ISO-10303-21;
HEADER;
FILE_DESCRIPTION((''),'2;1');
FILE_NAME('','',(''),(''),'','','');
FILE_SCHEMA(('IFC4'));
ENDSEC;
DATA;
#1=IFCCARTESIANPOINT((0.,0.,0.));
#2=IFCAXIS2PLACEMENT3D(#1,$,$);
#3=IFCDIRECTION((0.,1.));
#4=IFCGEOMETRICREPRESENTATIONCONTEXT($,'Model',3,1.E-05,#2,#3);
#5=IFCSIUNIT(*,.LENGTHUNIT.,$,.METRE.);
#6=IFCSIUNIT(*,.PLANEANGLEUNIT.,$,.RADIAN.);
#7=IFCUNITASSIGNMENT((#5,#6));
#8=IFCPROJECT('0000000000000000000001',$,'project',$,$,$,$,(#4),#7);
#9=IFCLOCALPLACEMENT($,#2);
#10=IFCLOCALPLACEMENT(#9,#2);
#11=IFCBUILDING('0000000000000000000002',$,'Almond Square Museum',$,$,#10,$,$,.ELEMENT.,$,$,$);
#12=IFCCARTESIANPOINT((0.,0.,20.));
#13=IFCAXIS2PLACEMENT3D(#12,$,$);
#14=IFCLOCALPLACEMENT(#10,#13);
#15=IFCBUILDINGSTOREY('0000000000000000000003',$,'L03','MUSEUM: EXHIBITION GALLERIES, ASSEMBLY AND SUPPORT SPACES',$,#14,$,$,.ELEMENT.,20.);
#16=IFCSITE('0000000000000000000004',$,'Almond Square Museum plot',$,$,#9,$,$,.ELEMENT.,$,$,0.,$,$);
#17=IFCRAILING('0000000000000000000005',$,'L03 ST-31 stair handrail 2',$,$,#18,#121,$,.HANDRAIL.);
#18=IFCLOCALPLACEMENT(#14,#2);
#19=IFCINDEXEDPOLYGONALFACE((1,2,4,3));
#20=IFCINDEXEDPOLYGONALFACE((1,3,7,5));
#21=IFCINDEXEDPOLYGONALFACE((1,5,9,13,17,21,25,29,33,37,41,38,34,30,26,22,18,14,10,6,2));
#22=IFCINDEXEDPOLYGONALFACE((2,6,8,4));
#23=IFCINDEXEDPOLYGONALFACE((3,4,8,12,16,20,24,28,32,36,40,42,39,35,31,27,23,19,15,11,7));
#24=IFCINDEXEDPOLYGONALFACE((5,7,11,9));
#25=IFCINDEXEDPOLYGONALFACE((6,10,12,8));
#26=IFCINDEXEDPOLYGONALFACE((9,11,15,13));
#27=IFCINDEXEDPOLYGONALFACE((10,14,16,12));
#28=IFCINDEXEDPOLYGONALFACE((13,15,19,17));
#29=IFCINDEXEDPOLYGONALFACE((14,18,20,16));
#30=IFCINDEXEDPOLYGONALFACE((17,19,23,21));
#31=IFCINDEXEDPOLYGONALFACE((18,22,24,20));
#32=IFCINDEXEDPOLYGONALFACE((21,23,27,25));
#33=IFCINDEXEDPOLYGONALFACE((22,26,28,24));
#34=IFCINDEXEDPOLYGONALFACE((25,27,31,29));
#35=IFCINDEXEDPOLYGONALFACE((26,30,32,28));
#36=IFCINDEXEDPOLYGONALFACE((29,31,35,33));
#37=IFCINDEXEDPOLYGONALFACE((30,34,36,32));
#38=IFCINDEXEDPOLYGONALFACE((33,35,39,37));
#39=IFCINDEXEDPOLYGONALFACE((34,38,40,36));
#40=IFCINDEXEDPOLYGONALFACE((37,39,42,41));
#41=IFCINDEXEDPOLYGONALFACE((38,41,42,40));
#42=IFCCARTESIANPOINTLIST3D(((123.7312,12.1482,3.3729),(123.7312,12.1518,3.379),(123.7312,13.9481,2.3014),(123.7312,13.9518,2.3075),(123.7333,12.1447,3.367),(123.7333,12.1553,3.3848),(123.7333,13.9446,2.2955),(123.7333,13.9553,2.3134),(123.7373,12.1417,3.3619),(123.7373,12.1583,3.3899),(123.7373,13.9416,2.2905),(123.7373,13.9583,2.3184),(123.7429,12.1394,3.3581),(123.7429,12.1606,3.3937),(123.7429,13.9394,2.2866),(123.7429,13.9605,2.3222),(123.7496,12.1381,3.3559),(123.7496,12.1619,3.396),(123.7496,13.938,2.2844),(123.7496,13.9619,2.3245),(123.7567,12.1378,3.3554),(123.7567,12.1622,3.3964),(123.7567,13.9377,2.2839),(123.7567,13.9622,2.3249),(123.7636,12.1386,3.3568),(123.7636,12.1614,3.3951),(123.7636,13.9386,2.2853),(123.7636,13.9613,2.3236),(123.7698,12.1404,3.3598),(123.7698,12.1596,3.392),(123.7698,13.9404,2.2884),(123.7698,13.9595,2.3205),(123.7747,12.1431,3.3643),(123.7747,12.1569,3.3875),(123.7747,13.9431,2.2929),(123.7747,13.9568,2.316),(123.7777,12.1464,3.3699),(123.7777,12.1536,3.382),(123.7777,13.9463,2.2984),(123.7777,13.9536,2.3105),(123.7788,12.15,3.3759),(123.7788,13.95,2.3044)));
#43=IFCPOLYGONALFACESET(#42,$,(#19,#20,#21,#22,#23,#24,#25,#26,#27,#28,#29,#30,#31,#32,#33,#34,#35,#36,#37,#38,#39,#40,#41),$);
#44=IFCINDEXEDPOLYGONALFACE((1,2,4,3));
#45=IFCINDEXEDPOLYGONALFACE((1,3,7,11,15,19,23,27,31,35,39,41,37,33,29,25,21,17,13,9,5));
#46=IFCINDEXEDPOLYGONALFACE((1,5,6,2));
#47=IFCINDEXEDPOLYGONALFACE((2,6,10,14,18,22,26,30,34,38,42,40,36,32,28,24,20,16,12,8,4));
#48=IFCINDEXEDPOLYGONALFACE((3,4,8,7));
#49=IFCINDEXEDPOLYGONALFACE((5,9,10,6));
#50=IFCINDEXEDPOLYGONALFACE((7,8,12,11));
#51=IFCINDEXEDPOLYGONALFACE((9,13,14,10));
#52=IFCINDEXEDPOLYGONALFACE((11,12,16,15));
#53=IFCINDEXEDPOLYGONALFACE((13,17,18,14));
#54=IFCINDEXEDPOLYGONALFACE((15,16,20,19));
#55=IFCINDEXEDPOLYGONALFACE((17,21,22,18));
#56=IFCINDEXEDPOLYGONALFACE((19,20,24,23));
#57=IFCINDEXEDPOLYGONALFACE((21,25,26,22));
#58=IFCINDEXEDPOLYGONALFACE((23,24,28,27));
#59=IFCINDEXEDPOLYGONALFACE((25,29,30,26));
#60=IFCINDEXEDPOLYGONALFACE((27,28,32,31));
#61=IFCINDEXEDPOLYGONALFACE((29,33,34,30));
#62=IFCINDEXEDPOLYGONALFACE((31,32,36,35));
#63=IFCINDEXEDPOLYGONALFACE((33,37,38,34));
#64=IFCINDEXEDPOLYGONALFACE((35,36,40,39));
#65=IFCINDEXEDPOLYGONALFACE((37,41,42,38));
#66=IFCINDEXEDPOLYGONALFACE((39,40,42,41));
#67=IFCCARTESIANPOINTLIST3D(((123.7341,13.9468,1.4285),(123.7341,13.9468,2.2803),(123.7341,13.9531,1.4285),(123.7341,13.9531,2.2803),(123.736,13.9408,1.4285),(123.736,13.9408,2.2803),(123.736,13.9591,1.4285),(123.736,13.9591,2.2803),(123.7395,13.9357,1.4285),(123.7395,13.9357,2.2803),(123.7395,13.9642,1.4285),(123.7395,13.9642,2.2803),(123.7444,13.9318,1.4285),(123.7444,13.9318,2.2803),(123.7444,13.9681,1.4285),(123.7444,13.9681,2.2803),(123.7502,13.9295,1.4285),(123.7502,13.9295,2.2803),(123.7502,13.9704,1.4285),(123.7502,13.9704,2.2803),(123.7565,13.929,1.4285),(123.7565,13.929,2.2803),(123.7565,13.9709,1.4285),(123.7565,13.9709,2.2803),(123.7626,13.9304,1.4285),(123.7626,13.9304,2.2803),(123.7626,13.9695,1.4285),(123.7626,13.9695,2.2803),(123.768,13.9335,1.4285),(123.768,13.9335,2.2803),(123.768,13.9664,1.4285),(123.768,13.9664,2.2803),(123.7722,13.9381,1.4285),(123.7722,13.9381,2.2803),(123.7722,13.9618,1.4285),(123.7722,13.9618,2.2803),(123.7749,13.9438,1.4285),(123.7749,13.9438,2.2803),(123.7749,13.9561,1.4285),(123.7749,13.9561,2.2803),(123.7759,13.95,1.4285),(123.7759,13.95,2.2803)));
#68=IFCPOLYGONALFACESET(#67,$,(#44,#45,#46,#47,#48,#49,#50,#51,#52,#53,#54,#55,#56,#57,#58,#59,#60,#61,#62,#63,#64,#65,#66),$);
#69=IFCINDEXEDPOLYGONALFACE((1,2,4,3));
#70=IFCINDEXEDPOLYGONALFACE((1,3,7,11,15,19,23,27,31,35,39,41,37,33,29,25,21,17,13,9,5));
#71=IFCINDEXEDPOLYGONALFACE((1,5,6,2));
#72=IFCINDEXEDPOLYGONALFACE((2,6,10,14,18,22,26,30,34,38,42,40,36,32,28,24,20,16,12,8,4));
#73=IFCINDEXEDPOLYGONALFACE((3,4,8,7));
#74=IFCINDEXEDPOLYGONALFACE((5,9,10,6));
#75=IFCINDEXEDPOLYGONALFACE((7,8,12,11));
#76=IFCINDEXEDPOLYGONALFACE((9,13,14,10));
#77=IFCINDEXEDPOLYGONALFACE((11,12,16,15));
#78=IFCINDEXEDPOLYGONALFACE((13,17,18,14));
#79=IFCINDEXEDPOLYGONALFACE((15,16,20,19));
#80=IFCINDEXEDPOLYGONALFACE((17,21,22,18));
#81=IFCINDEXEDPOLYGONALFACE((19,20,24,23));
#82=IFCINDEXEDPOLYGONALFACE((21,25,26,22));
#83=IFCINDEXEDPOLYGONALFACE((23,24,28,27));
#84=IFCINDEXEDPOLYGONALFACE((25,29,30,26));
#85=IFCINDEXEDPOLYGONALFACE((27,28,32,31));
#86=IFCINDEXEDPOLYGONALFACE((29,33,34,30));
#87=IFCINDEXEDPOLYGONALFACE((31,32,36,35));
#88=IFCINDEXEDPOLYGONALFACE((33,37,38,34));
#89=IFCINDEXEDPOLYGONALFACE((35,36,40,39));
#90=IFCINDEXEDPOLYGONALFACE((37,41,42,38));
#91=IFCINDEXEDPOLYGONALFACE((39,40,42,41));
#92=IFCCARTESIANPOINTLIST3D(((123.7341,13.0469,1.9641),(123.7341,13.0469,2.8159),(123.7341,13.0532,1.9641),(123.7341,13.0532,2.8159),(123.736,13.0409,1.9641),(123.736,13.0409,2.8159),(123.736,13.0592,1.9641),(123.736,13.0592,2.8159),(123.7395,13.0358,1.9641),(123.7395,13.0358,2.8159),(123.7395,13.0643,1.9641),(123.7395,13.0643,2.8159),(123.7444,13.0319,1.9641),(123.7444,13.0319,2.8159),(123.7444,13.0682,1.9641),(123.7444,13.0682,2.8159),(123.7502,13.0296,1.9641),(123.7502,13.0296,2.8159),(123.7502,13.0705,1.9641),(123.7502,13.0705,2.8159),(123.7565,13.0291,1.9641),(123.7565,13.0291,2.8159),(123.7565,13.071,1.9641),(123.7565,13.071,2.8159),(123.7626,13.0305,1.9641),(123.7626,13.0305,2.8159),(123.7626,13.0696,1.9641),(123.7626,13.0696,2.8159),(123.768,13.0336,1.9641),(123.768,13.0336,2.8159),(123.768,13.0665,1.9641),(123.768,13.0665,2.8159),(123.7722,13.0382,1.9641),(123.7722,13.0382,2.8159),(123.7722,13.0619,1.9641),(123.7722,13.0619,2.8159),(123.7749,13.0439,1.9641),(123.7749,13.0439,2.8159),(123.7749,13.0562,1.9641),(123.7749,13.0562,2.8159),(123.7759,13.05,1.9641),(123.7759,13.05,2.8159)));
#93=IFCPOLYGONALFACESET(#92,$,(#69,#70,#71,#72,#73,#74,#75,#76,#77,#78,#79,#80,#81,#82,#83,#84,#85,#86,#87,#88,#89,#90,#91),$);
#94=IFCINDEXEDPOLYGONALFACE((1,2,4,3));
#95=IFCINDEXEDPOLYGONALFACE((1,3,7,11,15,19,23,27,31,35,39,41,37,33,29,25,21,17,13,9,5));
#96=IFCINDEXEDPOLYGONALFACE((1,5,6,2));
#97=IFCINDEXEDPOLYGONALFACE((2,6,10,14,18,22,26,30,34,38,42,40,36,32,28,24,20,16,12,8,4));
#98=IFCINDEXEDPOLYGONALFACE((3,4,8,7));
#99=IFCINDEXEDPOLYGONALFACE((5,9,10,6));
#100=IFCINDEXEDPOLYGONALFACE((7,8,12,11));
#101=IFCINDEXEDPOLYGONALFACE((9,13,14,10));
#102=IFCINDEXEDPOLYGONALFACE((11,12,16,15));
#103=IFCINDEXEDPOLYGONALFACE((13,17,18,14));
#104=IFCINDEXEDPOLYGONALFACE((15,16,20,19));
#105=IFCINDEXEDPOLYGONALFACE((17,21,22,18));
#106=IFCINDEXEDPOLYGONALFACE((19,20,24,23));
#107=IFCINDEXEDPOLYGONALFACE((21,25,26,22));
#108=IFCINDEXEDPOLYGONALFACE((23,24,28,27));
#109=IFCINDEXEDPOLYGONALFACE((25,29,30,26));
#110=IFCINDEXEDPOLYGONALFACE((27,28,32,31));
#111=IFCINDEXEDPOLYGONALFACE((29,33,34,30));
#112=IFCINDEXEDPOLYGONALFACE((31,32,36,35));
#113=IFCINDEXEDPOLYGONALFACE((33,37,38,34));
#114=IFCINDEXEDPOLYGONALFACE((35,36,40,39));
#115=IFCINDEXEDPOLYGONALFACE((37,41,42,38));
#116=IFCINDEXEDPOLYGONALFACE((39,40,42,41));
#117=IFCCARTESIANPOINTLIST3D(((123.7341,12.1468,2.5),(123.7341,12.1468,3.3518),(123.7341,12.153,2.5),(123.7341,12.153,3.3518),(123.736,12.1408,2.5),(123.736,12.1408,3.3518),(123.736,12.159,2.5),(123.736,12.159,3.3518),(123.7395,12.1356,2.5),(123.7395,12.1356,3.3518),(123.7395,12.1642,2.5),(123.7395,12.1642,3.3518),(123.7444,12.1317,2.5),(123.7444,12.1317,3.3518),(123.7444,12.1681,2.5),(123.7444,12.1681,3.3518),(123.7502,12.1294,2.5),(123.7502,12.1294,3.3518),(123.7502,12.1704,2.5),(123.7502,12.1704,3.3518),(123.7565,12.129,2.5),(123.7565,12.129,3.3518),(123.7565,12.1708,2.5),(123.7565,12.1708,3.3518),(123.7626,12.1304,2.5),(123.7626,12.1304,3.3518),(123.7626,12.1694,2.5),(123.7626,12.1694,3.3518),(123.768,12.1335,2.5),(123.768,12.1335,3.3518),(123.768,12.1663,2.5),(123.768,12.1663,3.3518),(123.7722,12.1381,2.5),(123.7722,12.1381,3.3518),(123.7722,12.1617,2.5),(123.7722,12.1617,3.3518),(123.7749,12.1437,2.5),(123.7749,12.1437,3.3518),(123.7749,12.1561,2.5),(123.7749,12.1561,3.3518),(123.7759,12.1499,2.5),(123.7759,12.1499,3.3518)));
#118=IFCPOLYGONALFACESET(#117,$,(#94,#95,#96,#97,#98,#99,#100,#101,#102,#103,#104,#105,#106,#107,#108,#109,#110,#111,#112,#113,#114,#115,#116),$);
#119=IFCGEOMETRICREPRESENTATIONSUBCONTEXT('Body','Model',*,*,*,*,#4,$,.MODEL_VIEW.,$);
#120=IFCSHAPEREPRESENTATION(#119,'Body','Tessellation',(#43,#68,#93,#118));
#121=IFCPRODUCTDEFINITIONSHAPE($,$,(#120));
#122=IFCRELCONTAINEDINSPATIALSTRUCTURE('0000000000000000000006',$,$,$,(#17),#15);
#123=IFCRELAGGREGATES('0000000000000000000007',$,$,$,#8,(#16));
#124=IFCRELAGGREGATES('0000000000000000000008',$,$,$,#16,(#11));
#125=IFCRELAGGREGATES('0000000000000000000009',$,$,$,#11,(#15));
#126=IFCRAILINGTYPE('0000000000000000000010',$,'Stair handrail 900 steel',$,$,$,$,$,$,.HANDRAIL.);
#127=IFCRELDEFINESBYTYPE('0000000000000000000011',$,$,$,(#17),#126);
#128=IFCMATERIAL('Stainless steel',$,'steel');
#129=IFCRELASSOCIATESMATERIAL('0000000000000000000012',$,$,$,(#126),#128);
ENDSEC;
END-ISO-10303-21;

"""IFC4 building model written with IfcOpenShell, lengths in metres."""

from ifc_helpers import new_model, si_unit, direction, frame, origin, origin_2d, place, context, subcontext, project, spatial, circle, extrude, material, type_object, element, save


model = new_model("IFC4")

# Units and contexts
model_context = context("Model", 3, precision=1e-05, world=origin(), true_north=direction((0.0, 1.0)))
body_context = subcontext(model_context, "Body", "Model", "MODEL_VIEW")
ifc_project = project(units=[si_unit("LENGTHUNIT", "METRE"), si_unit("PLANEANGLEUNIT", "RADIAN")], contexts=[model_context])

# Site, building, storey
site_placement = place(None, origin())
site = spatial("IfcSite", under=ifc_project, at=site_placement, Name="Almond Square Museum plot", CompositionType="ELEMENT", RefElevation=0.0)
building_placement = place(site_placement, origin())
building = spatial("IfcBuilding", under=site, at=building_placement, Name="Almond Square Museum", CompositionType="ELEMENT")
storey_placement = place(building_placement, frame((0.0, 0.0, 20.0)))
storey = spatial("IfcBuildingStorey", under=building, at=storey_placement, Name="L03", Description="MUSEUM: EXHIBITION GALLERIES, ASSEMBLY AND SUPPORT SPACES", CompositionType="ELEMENT", Elevation=20.0)

# Railing
ifc_material_1 = material(Name="Stainless steel", Category="steel")
railing_type_1 = type_object("IfcRailingType", Name="Stair handrail 900 steel", PredefinedType="HANDRAIL", material=ifc_material_1)
railing_1_placement = place(storey_placement, frame((123.7549, 13.95, 1.4285)))
element("IfcRailing", 1, at=railing_1_placement, inside=storey, type_object=railing_type_1, Name="L03 ST-31 stair handrail 2", PredefinedType="HANDRAIL", context=body_context, shape_type="SweptSolid", body=[
    extrude(circle(Radius=0.0239, at=origin_2d()), frame((0.0, 0.0, 0.876), z_axis=(0.0, -0.859277, 0.51151), x_axis=(1.0, 0.0, 0.0)), (0.0, 0.0, 1.0), 2.0947),
    extrude(circle(Radius=0.021, at=origin_2d()), origin(), (0.0, 0.0, 1.0), 0.8518),
    extrude(circle(Radius=0.021, at=origin_2d()), frame((0.0, -0.8999, 0.5356)), (0.0, 0.0, 1.0), 0.8518),
    extrude(circle(Radius=0.021, at=origin_2d()), frame((0.0, -1.8, 1.0715)), (0.0, 0.0, 1.0), 0.8518),
])

save(model, "model.ifc")
